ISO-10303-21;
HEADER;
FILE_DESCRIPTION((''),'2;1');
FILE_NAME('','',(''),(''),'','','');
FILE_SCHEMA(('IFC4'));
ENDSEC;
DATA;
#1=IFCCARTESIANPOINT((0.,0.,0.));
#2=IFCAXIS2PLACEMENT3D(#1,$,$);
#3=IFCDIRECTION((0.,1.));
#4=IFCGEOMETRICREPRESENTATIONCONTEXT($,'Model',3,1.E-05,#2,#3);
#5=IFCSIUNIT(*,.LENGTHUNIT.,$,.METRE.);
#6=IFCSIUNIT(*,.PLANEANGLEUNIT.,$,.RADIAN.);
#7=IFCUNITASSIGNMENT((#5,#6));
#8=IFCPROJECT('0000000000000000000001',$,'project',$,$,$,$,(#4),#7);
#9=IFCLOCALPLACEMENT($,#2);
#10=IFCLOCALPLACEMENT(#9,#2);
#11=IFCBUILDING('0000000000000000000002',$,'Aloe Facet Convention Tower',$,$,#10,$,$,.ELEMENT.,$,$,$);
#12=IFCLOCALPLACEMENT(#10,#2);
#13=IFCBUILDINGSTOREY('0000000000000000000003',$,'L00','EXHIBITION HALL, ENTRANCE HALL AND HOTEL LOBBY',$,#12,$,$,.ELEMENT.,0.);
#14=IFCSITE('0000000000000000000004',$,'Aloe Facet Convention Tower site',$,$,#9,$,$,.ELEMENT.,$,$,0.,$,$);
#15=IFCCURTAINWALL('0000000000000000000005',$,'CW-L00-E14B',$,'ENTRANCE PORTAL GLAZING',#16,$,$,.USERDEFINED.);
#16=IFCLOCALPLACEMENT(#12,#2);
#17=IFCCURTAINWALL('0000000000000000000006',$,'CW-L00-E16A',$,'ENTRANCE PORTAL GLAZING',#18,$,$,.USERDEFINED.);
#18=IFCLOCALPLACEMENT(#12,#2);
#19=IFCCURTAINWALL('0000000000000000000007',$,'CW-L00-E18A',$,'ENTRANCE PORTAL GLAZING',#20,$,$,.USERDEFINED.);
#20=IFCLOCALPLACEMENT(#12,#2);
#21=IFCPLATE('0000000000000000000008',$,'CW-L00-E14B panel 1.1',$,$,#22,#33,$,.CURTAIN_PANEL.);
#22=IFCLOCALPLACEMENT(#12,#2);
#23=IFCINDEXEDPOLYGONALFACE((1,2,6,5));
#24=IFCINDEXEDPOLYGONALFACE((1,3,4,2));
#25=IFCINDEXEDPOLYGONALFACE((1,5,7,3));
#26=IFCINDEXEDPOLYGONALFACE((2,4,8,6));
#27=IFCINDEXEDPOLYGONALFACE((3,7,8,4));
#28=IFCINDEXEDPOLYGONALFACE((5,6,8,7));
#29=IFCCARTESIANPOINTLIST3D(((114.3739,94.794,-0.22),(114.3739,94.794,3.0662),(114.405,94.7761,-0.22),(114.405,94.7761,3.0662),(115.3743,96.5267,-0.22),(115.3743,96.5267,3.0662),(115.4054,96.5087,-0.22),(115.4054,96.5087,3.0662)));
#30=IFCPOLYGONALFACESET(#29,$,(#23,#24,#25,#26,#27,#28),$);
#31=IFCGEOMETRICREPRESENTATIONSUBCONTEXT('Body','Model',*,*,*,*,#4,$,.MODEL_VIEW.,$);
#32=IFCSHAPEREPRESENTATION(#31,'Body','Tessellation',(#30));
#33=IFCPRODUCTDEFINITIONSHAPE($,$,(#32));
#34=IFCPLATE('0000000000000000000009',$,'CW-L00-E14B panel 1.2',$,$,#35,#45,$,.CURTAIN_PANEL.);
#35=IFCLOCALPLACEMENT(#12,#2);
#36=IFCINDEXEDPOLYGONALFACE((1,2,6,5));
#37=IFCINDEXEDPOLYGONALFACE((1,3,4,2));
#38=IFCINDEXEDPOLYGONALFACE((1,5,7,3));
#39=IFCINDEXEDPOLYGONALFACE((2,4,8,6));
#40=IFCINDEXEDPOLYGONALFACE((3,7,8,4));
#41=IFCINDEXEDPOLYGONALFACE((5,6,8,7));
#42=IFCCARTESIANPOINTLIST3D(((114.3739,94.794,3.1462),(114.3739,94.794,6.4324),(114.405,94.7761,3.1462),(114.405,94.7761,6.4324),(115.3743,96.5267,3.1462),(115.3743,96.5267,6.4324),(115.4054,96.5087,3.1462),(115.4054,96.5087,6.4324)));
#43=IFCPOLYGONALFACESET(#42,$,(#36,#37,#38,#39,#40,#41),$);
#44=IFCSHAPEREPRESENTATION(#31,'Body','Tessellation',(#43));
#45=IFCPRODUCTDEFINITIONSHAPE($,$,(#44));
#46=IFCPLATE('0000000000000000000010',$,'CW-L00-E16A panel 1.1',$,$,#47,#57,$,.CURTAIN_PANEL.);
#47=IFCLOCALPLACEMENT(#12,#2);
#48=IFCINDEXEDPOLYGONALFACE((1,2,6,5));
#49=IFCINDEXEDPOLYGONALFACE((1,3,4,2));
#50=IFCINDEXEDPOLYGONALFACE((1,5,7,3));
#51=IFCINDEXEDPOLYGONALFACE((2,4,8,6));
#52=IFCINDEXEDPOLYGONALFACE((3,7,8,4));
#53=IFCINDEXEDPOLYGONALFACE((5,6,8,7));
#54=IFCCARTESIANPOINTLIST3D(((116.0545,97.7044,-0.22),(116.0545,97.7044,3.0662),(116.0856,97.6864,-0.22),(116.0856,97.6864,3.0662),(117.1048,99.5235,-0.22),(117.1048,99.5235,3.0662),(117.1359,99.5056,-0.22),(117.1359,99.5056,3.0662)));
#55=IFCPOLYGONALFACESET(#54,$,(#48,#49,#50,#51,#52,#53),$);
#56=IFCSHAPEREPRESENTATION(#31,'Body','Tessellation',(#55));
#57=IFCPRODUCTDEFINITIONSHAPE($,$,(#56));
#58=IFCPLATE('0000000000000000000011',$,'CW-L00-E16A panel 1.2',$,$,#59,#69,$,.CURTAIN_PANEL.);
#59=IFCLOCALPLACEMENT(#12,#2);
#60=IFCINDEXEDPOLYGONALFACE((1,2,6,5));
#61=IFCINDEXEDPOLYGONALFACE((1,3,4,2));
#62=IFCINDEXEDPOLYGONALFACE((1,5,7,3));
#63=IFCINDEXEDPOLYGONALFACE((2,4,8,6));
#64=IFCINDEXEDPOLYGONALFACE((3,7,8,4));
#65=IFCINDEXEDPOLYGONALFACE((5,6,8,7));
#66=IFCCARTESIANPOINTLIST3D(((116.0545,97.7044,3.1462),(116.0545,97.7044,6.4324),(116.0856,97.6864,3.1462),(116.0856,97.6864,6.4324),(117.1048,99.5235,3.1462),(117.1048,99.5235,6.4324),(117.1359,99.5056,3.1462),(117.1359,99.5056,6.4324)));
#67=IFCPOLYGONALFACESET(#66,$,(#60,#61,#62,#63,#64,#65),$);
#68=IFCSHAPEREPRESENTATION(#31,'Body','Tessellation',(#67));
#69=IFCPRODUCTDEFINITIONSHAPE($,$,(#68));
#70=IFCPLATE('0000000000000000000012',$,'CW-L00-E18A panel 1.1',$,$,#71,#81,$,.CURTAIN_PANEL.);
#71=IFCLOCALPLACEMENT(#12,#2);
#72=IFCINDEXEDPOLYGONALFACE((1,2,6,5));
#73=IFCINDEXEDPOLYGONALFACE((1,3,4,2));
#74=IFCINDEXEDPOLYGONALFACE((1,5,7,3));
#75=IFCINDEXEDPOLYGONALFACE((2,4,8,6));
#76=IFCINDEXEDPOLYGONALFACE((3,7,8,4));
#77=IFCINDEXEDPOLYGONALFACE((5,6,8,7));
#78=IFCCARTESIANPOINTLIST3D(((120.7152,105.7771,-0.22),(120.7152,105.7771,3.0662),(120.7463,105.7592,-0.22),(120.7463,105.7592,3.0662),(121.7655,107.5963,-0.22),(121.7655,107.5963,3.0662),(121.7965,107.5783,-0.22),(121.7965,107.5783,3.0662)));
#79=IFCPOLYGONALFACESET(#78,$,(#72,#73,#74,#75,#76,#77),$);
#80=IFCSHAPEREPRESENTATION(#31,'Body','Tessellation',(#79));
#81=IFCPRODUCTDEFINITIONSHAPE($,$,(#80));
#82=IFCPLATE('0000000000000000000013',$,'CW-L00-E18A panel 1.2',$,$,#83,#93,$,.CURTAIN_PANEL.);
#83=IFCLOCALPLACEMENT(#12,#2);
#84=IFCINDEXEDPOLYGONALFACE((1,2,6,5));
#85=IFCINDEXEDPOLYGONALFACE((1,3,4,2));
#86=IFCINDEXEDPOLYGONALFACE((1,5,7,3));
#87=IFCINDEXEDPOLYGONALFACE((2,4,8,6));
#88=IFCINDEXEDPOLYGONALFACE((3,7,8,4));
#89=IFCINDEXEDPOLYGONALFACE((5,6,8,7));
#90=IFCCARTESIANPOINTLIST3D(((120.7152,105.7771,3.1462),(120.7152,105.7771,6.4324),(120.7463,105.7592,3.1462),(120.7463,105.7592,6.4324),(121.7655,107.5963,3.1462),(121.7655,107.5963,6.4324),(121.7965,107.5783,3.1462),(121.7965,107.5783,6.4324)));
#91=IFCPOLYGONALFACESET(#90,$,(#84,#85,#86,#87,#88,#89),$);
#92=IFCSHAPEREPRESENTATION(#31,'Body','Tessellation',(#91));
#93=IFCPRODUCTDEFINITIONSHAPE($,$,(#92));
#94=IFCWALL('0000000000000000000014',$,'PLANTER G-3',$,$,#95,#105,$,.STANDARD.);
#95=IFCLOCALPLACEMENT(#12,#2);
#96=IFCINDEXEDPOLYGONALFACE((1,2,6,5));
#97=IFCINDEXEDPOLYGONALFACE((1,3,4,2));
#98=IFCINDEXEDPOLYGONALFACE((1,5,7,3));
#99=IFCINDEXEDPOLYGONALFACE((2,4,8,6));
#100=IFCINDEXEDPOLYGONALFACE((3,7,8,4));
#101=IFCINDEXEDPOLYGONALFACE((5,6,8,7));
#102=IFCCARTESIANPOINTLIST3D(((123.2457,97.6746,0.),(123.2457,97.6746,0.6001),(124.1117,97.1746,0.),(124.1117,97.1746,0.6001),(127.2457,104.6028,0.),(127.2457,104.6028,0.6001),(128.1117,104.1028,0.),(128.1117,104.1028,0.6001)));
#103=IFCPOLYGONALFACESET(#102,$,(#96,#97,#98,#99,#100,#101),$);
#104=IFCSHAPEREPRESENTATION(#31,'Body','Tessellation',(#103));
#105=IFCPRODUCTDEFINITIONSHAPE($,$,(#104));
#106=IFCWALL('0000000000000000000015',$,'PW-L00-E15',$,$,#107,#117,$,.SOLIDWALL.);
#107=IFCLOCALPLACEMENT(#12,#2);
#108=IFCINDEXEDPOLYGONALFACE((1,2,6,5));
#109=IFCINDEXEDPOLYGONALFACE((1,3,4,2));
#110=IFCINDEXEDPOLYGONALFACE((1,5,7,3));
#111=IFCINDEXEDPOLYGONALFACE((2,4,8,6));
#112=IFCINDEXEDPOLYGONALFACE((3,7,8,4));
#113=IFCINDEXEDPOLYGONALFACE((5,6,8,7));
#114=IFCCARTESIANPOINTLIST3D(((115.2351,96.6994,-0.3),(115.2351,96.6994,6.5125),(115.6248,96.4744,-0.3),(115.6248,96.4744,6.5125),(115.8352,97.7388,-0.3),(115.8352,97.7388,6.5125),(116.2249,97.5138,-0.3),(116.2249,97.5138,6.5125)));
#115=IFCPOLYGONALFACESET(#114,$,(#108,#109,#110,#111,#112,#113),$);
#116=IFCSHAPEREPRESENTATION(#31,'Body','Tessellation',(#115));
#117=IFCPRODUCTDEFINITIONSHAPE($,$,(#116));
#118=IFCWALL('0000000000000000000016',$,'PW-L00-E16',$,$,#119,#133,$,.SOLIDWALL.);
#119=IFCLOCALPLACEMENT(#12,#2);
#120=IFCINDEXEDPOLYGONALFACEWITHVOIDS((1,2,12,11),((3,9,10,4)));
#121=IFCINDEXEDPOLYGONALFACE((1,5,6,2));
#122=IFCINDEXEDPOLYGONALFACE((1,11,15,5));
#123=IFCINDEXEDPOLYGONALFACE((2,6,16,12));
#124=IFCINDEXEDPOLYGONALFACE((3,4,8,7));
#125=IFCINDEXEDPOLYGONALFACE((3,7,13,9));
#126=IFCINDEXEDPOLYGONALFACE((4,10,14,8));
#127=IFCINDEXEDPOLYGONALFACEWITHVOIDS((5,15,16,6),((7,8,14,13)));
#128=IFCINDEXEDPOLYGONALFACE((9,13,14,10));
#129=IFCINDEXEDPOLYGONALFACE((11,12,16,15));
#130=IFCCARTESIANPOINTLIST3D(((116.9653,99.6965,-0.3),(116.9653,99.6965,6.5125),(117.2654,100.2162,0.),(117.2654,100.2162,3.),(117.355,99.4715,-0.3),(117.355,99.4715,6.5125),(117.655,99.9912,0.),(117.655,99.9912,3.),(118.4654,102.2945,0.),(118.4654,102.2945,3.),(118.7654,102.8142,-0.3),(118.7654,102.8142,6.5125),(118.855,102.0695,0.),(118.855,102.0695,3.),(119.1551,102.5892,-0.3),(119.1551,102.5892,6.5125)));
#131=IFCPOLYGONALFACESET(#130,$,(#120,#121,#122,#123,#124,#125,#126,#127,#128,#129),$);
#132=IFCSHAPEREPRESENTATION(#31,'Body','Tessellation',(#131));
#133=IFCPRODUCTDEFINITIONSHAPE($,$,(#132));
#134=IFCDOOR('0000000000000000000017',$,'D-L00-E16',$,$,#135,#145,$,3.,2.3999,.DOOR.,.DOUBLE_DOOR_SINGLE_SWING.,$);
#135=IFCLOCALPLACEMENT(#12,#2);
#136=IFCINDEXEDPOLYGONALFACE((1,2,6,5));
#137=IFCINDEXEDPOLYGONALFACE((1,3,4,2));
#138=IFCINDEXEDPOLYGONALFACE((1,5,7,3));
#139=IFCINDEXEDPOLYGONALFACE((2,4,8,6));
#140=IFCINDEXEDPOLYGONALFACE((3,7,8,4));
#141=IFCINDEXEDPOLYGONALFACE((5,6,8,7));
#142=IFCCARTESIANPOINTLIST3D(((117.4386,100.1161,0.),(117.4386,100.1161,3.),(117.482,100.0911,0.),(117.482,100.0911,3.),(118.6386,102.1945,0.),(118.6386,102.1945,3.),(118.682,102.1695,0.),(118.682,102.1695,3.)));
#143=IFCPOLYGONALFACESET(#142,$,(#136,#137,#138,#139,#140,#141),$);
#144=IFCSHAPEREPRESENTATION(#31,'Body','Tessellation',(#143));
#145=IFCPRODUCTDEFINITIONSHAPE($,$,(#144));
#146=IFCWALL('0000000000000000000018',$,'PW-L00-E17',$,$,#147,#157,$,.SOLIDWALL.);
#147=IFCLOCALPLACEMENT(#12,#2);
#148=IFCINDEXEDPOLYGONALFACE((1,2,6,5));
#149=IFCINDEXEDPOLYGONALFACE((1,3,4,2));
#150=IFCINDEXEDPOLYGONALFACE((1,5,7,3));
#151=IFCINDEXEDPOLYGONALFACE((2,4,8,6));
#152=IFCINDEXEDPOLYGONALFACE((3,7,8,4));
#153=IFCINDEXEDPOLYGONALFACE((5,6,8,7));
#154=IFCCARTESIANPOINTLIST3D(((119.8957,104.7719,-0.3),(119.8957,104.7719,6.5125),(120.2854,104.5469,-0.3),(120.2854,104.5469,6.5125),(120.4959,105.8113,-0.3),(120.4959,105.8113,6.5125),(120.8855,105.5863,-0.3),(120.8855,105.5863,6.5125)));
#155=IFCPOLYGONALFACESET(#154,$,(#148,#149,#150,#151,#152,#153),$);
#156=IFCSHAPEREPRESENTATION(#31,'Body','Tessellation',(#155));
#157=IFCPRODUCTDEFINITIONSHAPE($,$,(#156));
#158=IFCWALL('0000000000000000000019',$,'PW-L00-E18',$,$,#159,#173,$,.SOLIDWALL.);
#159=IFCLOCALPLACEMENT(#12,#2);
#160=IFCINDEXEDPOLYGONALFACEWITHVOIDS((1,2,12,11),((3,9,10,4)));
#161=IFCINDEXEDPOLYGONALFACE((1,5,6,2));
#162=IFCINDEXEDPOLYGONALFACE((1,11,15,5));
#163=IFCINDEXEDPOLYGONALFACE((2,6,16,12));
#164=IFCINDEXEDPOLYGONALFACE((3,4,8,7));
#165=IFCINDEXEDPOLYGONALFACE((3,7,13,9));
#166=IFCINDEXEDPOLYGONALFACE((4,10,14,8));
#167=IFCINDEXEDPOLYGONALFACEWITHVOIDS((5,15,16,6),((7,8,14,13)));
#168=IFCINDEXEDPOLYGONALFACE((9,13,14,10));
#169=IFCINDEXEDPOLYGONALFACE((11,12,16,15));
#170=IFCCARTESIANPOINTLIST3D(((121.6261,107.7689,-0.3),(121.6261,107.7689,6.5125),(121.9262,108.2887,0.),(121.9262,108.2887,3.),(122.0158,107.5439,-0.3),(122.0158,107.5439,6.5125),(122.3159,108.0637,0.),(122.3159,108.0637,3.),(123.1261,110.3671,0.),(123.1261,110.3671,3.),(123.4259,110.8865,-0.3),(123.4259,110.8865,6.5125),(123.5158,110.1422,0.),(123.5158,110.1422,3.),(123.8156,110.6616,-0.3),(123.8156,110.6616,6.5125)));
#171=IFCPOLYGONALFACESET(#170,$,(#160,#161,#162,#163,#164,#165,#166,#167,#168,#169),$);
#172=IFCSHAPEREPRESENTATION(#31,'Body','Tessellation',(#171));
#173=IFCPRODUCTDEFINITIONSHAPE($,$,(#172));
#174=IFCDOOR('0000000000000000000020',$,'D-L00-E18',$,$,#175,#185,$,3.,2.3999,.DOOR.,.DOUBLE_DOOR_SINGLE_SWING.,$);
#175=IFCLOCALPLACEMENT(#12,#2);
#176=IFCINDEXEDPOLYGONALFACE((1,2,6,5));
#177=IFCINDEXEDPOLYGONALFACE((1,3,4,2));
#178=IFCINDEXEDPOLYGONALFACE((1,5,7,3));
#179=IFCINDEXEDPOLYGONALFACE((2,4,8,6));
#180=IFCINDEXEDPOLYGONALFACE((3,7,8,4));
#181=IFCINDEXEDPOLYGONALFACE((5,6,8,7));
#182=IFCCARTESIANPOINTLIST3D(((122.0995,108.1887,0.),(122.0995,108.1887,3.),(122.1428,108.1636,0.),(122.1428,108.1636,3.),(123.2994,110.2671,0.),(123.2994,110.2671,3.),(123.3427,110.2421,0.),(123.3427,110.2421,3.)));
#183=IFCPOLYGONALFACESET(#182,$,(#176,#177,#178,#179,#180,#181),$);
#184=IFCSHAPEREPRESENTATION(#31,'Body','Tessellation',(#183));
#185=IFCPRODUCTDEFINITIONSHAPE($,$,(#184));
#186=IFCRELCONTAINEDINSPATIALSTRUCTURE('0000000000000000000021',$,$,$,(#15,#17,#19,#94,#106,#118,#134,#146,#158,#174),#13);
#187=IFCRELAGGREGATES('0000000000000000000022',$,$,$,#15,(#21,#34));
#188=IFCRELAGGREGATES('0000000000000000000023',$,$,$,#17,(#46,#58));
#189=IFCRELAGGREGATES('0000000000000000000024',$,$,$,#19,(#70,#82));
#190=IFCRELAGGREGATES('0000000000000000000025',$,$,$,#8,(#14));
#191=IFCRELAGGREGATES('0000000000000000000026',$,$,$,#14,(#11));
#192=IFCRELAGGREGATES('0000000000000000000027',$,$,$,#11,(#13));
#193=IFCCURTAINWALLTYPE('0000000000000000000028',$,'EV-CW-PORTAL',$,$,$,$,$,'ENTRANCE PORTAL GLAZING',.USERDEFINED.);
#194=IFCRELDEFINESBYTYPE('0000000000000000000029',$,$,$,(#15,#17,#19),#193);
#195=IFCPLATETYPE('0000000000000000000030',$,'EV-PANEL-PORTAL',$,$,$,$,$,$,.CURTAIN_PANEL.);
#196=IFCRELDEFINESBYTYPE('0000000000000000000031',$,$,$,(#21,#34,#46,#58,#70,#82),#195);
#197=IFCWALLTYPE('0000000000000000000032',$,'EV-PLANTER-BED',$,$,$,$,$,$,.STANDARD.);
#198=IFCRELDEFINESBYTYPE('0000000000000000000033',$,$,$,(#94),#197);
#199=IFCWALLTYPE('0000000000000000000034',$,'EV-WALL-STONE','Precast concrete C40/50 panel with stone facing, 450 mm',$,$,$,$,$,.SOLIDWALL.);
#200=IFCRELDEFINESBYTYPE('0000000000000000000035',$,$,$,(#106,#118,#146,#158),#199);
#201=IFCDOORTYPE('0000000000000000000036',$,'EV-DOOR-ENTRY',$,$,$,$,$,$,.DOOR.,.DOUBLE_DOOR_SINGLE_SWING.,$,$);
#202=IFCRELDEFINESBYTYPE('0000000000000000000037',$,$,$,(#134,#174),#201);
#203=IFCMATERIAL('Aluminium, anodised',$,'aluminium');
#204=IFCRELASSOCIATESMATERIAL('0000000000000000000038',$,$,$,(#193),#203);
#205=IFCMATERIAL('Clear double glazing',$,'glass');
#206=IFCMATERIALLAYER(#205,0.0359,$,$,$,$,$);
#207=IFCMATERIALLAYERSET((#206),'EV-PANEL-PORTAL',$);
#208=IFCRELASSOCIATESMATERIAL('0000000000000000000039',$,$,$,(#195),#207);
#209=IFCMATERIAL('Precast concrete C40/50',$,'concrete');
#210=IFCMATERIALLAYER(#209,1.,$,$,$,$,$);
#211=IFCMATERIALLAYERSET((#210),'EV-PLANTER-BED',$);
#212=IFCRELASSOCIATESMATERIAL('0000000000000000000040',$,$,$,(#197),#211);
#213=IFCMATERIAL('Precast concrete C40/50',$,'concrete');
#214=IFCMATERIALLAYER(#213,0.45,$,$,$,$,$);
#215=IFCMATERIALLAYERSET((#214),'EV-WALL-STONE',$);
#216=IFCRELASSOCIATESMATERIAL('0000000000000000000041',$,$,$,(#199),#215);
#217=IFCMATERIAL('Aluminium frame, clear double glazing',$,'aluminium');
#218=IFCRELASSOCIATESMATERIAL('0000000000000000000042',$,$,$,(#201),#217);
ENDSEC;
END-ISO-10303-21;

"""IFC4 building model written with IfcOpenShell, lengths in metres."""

from ifc_helpers import new_model, si_unit, direction, frame, frame_2d, origin, origin_2d, place, context, subcontext, project, spatial, rectangle, extrude, material, layer, layer_set, type_object, element, fill, aggregate, save


model = new_model("IFC4")

# Units and contexts
model_context = context("Model", 3, precision=1e-05, world=origin(), true_north=direction((0.0, 1.0)))
body_context = subcontext(model_context, "Body", "Model", "MODEL_VIEW")
ifc_project = project(units=[si_unit("LENGTHUNIT", "METRE"), si_unit("PLANEANGLEUNIT", "RADIAN")], contexts=[model_context])

# Site, building, storey
site_placement = place(None, origin())
site = spatial("IfcSite", under=ifc_project, at=site_placement, Name="Aloe Facet Convention Tower site", CompositionType="ELEMENT", RefElevation=0.0)
building_placement = place(site_placement, origin())
building = spatial("IfcBuilding", under=site, at=building_placement, Name="Aloe Facet Convention Tower", CompositionType="ELEMENT")
storey_placement = place(building_placement, origin())
storey = spatial("IfcBuildingStorey", under=building, at=storey_placement, Name="L00", Description="EXHIBITION HALL, ENTRANCE HALL AND HOTEL LOBBY", CompositionType="ELEMENT", Elevation=0.0)

# Curtain wall
ifc_material_1 = material(Name="Aluminium, anodised", Category="aluminium")
curtain_wall_type = type_object("IfcCurtainWallType", Name="EV-CW-PORTAL", ElementType="ENTRANCE PORTAL GLAZING", PredefinedType="USERDEFINED", material=ifc_material_1)
curtain_wall_1_placement = place(storey_placement, origin())
curtain_wall_1 = element("IfcCurtainWall", 1, at=curtain_wall_1_placement, inside=storey, type_object=curtain_wall_type, Name="CW-L00-E14B", ObjectType="ENTRANCE PORTAL GLAZING", PredefinedType="USERDEFINED")

# Curtain walls
curtain_wall_2_placement = place(storey_placement, origin())
curtain_wall_2 = element("IfcCurtainWall", 2, at=curtain_wall_2_placement, inside=storey, type_object=curtain_wall_type, Name="CW-L00-E16A", ObjectType="ENTRANCE PORTAL GLAZING", PredefinedType="USERDEFINED")
curtain_wall_3_placement = place(storey_placement, origin())
curtain_wall_3 = element("IfcCurtainWall", 3, at=curtain_wall_3_placement, inside=storey, type_object=curtain_wall_type, Name="CW-L00-E18A", ObjectType="ENTRANCE PORTAL GLAZING", PredefinedType="USERDEFINED")

# Plates
ifc_material_2 = material(Name="Clear double glazing", Category="glass")
ifc_layer_1 = layer(ifc_material_2, 0.0359)
ifc_layer_set_1 = layer_set([ifc_layer_1], Name="EV-PANEL-PORTAL")
plate_type = type_object("IfcPlateType", Name="EV-PANEL-PORTAL", PredefinedType="CURTAIN_PANEL", material=ifc_layer_set_1)
plate_1_placement = place(storey_placement, frame((114.8896, 95.6514, -0.22), z_axis=(0.0, 0.0, 1.0), x_axis=(0.5, 0.866025, 0.0)))
plate_1 = element("IfcPlate", 4, at=plate_1_placement, type_object=plate_type, Name="CW-L00-E14B panel 1.1", PredefinedType="CURTAIN_PANEL", context=body_context, shape_type="SweptSolid", body=[
    extrude(rectangle(XDim=2.0007, YDim=0.0359, at=origin_2d()), origin(), (0.0, 0.0, 1.0), 3.2861),
])
plate_2_placement = place(storey_placement, frame((114.8896, 95.6514, 3.1462), z_axis=(0.0, 0.0, 1.0), x_axis=(0.5, 0.866025, 0.0)))
plate_2 = element("IfcPlate", 5, at=plate_2_placement, type_object=plate_type, Name="CW-L00-E14B panel 1.2", PredefinedType="CURTAIN_PANEL", context=body_context, shape_type="SweptSolid", body=[
    extrude(rectangle(XDim=2.0007, YDim=0.0359, at=origin_2d()), origin(), (0.0, 0.0, 1.0), 3.2861),
])
aggregate(curtain_wall_1, [plate_1, plate_2])
plate_3_placement = place(storey_placement, frame((116.5952, 98.605, -0.22), z_axis=(0.0, 0.0, 1.0), x_axis=(0.5, 0.866025, 0.0)))
plate_3 = element("IfcPlate", 6, at=plate_3_placement, type_object=plate_type, Name="CW-L00-E16A panel 1.1", PredefinedType="CURTAIN_PANEL", context=body_context, shape_type="SweptSolid", body=[
    extrude(rectangle(XDim=2.1006, YDim=0.0359, at=origin_2d()), origin(), (0.0, 0.0, 1.0), 3.2861),
])
plate_4_placement = place(storey_placement, frame((116.5952, 98.605, 3.1462), z_axis=(0.0, 0.0, 1.0), x_axis=(0.5, 0.866025, 0.0)))
plate_4 = element("IfcPlate", 7, at=plate_4_placement, type_object=plate_type, Name="CW-L00-E16A panel 1.2", PredefinedType="CURTAIN_PANEL", context=body_context, shape_type="SweptSolid", body=[
    extrude(rectangle(XDim=2.1006, YDim=0.0359, at=origin_2d()), origin(), (0.0, 0.0, 1.0), 3.2861),
])
aggregate(curtain_wall_2, [plate_3, plate_4])
plate_5_placement = place(storey_placement, frame((121.2559, 106.6777, -0.22), z_axis=(0.0, 0.0, 1.0), x_axis=(0.5, 0.866025, 0.0)))
plate_5 = element("IfcPlate", 8, at=plate_5_placement, type_object=plate_type, Name="CW-L00-E18A panel 1.1", PredefinedType="CURTAIN_PANEL", context=body_context, shape_type="SweptSolid", body=[
    extrude(rectangle(XDim=2.1006, YDim=0.0359, at=origin_2d()), origin(), (0.0, 0.0, 1.0), 3.2861),
])
plate_6_placement = place(storey_placement, frame((121.2559, 106.6777, 3.1462), z_axis=(0.0, 0.0, 1.0), x_axis=(0.5, 0.866025, 0.0)))
plate_6 = element("IfcPlate", 9, at=plate_6_placement, type_object=plate_type, Name="CW-L00-E18A panel 1.2", PredefinedType="CURTAIN_PANEL", context=body_context, shape_type="SweptSolid", body=[
    extrude(rectangle(XDim=2.1006, YDim=0.0359, at=origin_2d()), origin(), (0.0, 0.0, 1.0), 3.2861),
])
aggregate(curtain_wall_3, [plate_5, plate_6])

# Walls
ifc_material_3 = material(Name="Precast concrete C40/50", Category="concrete")
ifc_layer_2 = layer(ifc_material_3, 1.0)
ifc_layer_set_2 = layer_set([ifc_layer_2], Name="EV-PLANTER-BED")
wall_type_1 = type_object("IfcWallType", Name="EV-PLANTER-BED", PredefinedType="STANDARD", material=ifc_layer_set_2)
wall_1_placement = place(storey_placement, frame((127.6787, 104.3528, 0.0), z_axis=(0.0, 0.0, 1.0), x_axis=(-0.499999, -0.866026, 0.0)))
element("IfcWall", 10, at=wall_1_placement, inside=storey, type_object=wall_type_1, Name="PLANTER G-3", PredefinedType="STANDARD", context=body_context, shape_type="SweptSolid", body=[
    extrude(rectangle(XDim=8.0, YDim=1.0, at=frame_2d((4.0, 0.0))), origin(), (0.0, 0.0, 1.0), 0.6001),
])
ifc_material_4 = material(Name="Precast concrete C40/50", Category="concrete")
ifc_layer_3 = layer(ifc_material_4, 0.45)
ifc_layer_set_3 = layer_set([ifc_layer_3], Name="EV-WALL-STONE")
wall_type_2 = type_object("IfcWallType", Name="EV-WALL-STONE", Description="Precast concrete C40/50 panel with stone facing, 450 mm", PredefinedType="SOLIDWALL", material=ifc_layer_set_3)
wall_2_placement = place(storey_placement, frame((115.4299, 96.5869, -0.3), z_axis=(0.0, 0.0, 1.0), x_axis=(0.500034, 0.866006, 0.0)))
element("IfcWall", 11, at=wall_2_placement, inside=storey, type_object=wall_type_2, Name="PW-L00-E15", PredefinedType="SOLIDWALL", context=body_context, shape_type="SweptSolid", body=[
    extrude(rectangle(XDim=1.2002, YDim=0.45, at=frame_2d((0.6001, 0.0))), origin(), (0.0, 0.0, 1.0), 6.8125),
])

# Wall, opening, door
wall_3_placement = place(storey_placement, frame((117.1602, 99.584, -0.3), z_axis=(0.0, 0.0, 1.0), x_axis=(0.500012, 0.866018, 0.0)))
wall_3 = element("IfcWall", 12, at=wall_3_placement, inside=storey, type_object=wall_type_2, Name="PW-L00-E16", PredefinedType="SOLIDWALL", context=body_context, shape_type="SweptSolid", body=[
    extrude(rectangle(XDim=3.6001, YDim=0.45, at=frame_2d((1.8, 0.0))), origin(), (0.0, 0.0, 1.0), 6.8125),
])
opening_1_placement = place(wall_3_placement, frame((0.6001, 0.0, 0.3)))
opening_1 = element("IfcOpeningElement", 13, at=opening_1_placement, cuts=wall_3, PredefinedType="OPENING", context=body_context, shape_type="SweptSolid", body=[
    extrude(rectangle(XDim=2.3999, YDim=3.0, at=frame_2d((1.2, 1.5))), frame((0.0, 0.2349, 0.0), z_axis=(0.0, -1.0, 0.0), x_axis=(1.0, 0.0, 0.0)), (0.0, 0.0, 1.0), 0.47),
])
ifc_material_5 = material(Name="Aluminium frame, clear double glazing", Category="aluminium")
door_type = type_object("IfcDoorType", Name="EV-DOOR-ENTRY", OperationType="DOUBLE_DOOR_SINGLE_SWING", PredefinedType="DOOR", material=ifc_material_5)
door_1_placement = place(opening_1_placement, origin())
door_1 = element("IfcDoor", 14, at=door_1_placement, inside=storey, type_object=door_type, Name="D-L00-E16", OperationType="DOUBLE_DOOR_SINGLE_SWING", OverallHeight=3.0, OverallWidth=2.3999, PredefinedType="DOOR", context=body_context, shape_type="SweptSolid", body=[
    extrude(rectangle(XDim=2.3999, YDim=3.0, at=frame_2d((1.2, 1.5))), frame((0.0, 0.0249, 0.0), z_axis=(0.0, -1.0, 0.0), x_axis=(1.0, 0.0, 0.0)), (0.0, 0.0, 1.0), 0.05),
])
fill(opening_1, door_1)

# Wall
wall_4_placement = place(storey_placement, frame((120.0906, 104.6594, -0.3), z_axis=(0.0, 0.0, 1.0), x_axis=(0.500034, 0.866006, 0.0)))
element("IfcWall", 15, at=wall_4_placement, inside=storey, type_object=wall_type_2, Name="PW-L00-E17", PredefinedType="SOLIDWALL", context=body_context, shape_type="SweptSolid", body=[
    extrude(rectangle(XDim=1.2002, YDim=0.45, at=frame_2d((0.6001, 0.0))), origin(), (0.0, 0.0, 1.0), 6.8125),
])

# Wall, opening, door
wall_5_placement = place(storey_placement, frame((121.821, 107.6565, -0.3), z_axis=(0.0, 0.0, 1.0), x_axis=(0.499961, 0.866048, 0.0)))
wall_5 = element("IfcWall", 16, at=wall_5_placement, inside=storey, type_object=wall_type_2, Name="PW-L00-E18", PredefinedType="SOLIDWALL", context=body_context, shape_type="SweptSolid", body=[
    extrude(rectangle(XDim=3.5999, YDim=0.45, at=frame_2d((1.7998, 0.0))), origin(), (0.0, 0.0, 1.0), 6.8125),
])
opening_2_placement = place(wall_5_placement, frame((0.6001, 0.0, 0.3)))
opening_2 = element("IfcOpeningElement", 17, at=opening_2_placement, cuts=wall_5, PredefinedType="OPENING", context=body_context, shape_type="SweptSolid", body=[
    extrude(rectangle(XDim=2.3999, YDim=3.0, at=frame_2d((1.2, 1.5))), frame((0.0, 0.2349, 0.0), z_axis=(0.0, -1.0, 0.0), x_axis=(1.0, 0.0, 0.0)), (0.0, 0.0, 1.0), 0.47),
])
door_2_placement = place(opening_2_placement, origin())
door_2 = element("IfcDoor", 18, at=door_2_placement, inside=storey, type_object=door_type, Name="D-L00-E18", OperationType="DOUBLE_DOOR_SINGLE_SWING", OverallHeight=3.0, OverallWidth=2.3999, PredefinedType="DOOR", context=body_context, shape_type="SweptSolid", body=[
    extrude(rectangle(XDim=2.3999, YDim=3.0, at=frame_2d((1.2, 1.5))), frame((0.0, 0.0249, 0.0), z_axis=(0.0, -1.0, 0.0), x_axis=(1.0, 0.0, 0.0)), (0.0, 0.0, 1.0), 0.05),
])
fill(opening_2, door_2)

save(model, "model.ifc")
